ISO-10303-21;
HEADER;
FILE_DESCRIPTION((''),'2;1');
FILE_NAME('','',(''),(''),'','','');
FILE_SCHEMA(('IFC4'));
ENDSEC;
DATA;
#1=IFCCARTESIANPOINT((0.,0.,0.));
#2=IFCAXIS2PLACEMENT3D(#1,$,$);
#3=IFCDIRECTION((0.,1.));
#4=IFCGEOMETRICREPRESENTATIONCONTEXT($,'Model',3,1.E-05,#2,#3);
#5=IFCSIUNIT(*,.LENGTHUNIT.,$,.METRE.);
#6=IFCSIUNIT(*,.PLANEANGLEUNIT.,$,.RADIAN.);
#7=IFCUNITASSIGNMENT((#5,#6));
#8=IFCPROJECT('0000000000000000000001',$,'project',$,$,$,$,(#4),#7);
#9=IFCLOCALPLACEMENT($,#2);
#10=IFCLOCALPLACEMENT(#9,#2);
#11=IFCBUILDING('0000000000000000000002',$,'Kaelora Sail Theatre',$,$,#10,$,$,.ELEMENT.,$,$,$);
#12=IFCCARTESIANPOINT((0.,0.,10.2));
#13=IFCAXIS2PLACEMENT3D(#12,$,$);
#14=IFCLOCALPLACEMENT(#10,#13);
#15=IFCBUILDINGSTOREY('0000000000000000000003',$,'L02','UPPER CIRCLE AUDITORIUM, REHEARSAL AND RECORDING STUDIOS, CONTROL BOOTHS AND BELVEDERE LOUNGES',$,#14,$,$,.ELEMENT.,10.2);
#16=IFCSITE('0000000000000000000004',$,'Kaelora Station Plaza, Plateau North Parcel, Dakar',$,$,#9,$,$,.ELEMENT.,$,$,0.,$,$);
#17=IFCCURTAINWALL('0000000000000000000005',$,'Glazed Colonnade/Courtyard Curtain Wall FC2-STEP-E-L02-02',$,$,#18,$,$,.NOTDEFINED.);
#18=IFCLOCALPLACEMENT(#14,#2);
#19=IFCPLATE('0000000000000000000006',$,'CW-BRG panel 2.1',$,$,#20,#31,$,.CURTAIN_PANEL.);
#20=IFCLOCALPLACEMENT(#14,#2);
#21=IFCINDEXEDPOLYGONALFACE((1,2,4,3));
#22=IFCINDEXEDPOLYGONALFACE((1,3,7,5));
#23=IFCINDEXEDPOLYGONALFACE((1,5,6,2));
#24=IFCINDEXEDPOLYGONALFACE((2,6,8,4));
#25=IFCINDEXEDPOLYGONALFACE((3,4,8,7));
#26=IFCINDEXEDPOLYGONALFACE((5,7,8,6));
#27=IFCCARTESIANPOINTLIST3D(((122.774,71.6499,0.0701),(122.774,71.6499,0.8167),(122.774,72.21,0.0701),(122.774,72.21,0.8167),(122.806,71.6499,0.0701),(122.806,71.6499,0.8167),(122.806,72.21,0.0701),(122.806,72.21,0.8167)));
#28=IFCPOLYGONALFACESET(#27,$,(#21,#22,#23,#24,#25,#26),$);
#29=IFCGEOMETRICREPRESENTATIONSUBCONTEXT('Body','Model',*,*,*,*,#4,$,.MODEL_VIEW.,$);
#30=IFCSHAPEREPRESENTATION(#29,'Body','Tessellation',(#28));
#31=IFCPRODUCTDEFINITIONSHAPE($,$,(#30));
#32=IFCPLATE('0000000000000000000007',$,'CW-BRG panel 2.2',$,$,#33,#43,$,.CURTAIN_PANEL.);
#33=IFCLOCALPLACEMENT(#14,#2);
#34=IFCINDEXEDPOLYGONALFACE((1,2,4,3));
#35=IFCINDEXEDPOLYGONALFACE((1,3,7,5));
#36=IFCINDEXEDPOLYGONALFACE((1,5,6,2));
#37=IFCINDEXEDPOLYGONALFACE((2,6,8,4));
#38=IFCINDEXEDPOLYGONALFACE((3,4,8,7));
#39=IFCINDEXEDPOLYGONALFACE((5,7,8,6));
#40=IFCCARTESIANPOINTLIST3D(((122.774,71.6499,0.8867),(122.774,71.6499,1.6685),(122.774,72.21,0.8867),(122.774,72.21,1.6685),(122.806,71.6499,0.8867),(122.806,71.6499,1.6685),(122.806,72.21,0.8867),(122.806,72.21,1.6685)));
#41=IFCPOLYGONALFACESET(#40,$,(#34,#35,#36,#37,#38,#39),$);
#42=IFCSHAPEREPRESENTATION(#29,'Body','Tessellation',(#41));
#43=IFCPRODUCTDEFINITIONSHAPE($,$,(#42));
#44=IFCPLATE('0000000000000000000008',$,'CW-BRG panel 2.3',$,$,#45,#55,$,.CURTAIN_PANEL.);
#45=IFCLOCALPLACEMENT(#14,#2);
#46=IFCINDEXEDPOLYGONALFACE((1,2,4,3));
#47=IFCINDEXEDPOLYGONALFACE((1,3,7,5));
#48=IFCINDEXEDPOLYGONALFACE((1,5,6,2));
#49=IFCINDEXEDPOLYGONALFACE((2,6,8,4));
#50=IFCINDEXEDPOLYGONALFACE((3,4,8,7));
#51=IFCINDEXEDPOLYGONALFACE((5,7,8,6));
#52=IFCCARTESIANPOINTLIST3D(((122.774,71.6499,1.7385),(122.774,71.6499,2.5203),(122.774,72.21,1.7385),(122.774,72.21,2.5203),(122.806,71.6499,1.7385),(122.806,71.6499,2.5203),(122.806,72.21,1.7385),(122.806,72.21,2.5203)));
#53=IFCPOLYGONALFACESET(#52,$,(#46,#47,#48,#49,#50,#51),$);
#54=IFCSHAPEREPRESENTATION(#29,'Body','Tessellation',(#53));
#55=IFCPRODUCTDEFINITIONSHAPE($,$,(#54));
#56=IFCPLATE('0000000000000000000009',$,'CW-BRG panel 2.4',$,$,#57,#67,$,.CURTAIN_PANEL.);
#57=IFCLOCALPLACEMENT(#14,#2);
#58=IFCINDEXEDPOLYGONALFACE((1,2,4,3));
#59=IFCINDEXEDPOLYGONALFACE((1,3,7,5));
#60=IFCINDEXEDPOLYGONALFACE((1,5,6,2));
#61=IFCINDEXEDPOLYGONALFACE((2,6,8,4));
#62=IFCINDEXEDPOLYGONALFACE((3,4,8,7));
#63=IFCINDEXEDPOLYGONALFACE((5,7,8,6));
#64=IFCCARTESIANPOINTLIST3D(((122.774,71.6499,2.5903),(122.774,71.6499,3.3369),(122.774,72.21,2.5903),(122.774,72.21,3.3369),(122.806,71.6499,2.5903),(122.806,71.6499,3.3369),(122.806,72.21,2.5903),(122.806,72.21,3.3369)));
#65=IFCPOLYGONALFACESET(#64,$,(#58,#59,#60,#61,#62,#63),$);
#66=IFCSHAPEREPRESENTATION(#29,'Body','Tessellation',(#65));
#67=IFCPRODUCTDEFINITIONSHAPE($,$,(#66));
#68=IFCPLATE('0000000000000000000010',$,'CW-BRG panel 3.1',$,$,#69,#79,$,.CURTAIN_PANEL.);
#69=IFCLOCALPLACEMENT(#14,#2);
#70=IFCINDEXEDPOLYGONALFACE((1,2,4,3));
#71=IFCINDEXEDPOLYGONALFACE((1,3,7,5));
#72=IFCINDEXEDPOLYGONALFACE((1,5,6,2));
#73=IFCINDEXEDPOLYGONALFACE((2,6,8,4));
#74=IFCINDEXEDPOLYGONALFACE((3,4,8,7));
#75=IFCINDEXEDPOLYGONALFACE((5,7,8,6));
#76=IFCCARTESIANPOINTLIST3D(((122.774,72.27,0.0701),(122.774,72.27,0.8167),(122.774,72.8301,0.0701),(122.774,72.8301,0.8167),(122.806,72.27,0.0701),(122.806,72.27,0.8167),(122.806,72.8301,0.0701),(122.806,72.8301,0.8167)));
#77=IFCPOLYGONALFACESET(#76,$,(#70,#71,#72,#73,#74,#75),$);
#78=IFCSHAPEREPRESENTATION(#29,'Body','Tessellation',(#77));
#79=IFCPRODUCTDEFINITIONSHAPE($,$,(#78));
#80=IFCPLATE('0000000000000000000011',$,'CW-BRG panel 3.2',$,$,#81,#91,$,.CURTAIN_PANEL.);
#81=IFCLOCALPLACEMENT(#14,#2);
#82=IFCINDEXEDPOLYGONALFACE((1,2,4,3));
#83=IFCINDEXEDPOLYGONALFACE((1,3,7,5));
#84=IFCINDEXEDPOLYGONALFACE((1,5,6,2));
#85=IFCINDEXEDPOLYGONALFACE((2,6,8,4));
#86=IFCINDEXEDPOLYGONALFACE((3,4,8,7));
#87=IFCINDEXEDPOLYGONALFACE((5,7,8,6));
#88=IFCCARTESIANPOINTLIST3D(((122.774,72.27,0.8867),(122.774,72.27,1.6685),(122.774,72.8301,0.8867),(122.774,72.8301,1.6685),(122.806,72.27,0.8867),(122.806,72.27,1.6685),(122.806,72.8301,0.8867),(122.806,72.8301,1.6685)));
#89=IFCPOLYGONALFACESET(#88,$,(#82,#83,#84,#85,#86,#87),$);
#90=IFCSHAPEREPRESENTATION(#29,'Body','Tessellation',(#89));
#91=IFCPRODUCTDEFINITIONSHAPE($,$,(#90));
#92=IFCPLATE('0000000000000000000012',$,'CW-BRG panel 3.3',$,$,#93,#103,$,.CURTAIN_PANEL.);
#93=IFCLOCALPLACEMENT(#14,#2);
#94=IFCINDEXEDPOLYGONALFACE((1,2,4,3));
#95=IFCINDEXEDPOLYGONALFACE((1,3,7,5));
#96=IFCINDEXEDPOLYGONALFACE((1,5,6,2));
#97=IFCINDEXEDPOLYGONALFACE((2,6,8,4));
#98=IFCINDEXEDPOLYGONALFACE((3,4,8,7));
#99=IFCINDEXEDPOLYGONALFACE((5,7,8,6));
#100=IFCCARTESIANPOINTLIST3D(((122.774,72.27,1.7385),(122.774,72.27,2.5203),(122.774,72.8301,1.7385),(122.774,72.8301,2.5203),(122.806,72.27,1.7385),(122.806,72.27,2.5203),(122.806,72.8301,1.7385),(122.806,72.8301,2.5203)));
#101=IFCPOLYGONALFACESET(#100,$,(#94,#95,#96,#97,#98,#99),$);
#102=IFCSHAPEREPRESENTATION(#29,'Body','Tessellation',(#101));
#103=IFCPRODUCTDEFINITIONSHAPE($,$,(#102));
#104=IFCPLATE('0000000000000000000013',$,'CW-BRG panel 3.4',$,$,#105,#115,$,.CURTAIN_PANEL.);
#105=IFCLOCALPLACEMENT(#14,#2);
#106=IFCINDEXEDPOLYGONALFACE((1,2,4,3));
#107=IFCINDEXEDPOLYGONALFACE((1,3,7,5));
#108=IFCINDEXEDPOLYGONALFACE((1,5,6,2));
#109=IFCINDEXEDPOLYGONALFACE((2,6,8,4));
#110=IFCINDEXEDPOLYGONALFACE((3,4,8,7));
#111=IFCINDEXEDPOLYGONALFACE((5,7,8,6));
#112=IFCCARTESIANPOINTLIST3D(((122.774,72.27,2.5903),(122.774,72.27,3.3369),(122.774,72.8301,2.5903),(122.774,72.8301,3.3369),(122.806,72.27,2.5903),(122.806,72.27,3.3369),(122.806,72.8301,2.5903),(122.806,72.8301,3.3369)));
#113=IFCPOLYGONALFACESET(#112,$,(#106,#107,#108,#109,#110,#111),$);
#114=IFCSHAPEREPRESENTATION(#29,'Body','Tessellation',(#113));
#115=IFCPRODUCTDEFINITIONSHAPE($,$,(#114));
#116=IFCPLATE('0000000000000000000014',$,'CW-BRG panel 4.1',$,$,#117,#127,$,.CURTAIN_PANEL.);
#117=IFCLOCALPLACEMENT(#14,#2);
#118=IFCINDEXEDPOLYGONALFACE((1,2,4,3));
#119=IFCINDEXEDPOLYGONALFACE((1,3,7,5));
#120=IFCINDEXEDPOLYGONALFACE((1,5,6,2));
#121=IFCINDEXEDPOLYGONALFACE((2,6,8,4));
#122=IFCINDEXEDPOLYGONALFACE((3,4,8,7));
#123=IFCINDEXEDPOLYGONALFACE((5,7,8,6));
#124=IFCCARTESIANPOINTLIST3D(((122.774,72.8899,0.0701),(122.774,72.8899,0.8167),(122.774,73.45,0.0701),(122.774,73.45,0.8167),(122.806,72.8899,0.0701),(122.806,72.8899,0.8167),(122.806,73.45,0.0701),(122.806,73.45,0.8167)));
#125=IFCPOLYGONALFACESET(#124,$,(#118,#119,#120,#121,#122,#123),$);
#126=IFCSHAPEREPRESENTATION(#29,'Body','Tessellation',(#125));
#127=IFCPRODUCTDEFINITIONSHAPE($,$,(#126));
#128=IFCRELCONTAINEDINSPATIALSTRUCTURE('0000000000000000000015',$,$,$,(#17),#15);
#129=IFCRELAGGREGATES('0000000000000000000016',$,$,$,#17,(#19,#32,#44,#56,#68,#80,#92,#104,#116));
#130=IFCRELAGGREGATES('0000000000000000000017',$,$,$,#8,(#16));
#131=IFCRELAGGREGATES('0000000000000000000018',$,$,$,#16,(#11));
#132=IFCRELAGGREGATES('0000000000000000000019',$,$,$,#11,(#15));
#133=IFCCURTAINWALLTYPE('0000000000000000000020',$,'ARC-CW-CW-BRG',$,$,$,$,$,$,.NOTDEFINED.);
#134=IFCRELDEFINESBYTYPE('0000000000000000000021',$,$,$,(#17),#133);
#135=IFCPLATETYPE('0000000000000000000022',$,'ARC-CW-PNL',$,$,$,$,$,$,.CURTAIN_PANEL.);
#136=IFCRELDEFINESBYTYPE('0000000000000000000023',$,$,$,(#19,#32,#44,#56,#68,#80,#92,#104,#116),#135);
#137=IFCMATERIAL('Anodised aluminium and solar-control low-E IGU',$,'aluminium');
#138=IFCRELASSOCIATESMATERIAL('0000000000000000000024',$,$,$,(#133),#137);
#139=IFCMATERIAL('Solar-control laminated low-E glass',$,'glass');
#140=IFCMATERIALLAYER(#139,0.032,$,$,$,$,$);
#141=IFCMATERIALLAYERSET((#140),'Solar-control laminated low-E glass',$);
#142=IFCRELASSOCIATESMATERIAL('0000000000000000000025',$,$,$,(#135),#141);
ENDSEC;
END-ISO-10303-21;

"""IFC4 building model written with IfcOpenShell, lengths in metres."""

from ifc_helpers import new_model, si_unit, direction, frame, origin, origin_2d, place, context, subcontext, project, spatial, rectangle, extrude, material, layer, layer_set, type_object, element, aggregate, save


model = new_model("IFC4")

# Units and contexts
model_context = context("Model", 3, precision=1e-05, world=origin(), true_north=direction((0.0, 1.0)))
body_context = subcontext(model_context, "Body", "Model", "MODEL_VIEW")
ifc_project = project(units=[si_unit("LENGTHUNIT", "METRE"), si_unit("PLANEANGLEUNIT", "RADIAN")], contexts=[model_context])

# Site, building, storey
site_placement = place(None, origin())
site = spatial("IfcSite", under=ifc_project, at=site_placement, Name="Kaelora Station Plaza, Plateau North Parcel, Dakar", CompositionType="ELEMENT", RefElevation=0.0)
building_placement = place(site_placement, origin())
building = spatial("IfcBuilding", under=site, at=building_placement, Name="Kaelora Sail Theatre", CompositionType="ELEMENT")
storey_placement = place(building_placement, frame((0.0, 0.0, 10.2)))
storey = spatial("IfcBuildingStorey", under=building, at=storey_placement, Name="L02", Description="UPPER CIRCLE AUDITORIUM, REHEARSAL AND RECORDING STUDIOS, CONTROL BOOTHS AND BELVEDERE LOUNGES", CompositionType="ELEMENT", Elevation=10.2)

# Curtain wall, plates
ifc_material_1 = material(Name="Anodised aluminium and solar-control low-E IGU", Category="aluminium")
curtain_wall_type = type_object("IfcCurtainWallType", Name="ARC-CW-CW-BRG", PredefinedType="NOTDEFINED", material=ifc_material_1)
curtain_wall_placement = place(storey_placement, origin())
curtain_wall = element("IfcCurtainWall", 1, at=curtain_wall_placement, inside=storey, type_object=curtain_wall_type, Name="Glazed Colonnade/Courtyard Curtain Wall FC2-STEP-E-L02-02", PredefinedType="NOTDEFINED")
ifc_material_2 = material(Name="Solar-control laminated low-E glass", Category="glass")
ifc_layer = layer(ifc_material_2, 0.032)
ifc_layer_set = layer_set([ifc_layer], Name="Solar-control laminated low-E glass")
plate_type = type_object("IfcPlateType", Name="ARC-CW-PNL", PredefinedType="CURTAIN_PANEL", material=ifc_layer_set)
plate_1_placement = place(storey_placement, frame((122.79, 71.9299, 0.0701), z_axis=(0.0, 0.0, 1.0), x_axis=(0.0, 1.0, 0.0)))
plate_1 = element("IfcPlate", 2, at=plate_1_placement, type_object=plate_type, Name="CW-BRG panel 2.1", PredefinedType="CURTAIN_PANEL", context=body_context, shape_type="SweptSolid", body=[
    extrude(rectangle(XDim=0.5601, YDim=0.032, at=origin_2d()), origin(), (0.0, 0.0, 1.0), 0.7466),
])
plate_2_placement = place(storey_placement, frame((122.79, 71.9299, 0.8867), z_axis=(0.0, 0.0, 1.0), x_axis=(0.0, 1.0, 0.0)))
plate_2 = element("IfcPlate", 3, at=plate_2_placement, type_object=plate_type, Name="CW-BRG panel 2.2", PredefinedType="CURTAIN_PANEL", context=body_context, shape_type="SweptSolid", body=[
    extrude(rectangle(XDim=0.5601, YDim=0.032, at=origin_2d()), origin(), (0.0, 0.0, 1.0), 0.7817),
])
plate_3_placement = place(storey_placement, frame((122.79, 71.9299, 1.7385), z_axis=(0.0, 0.0, 1.0), x_axis=(0.0, 1.0, 0.0)))
plate_3 = element("IfcPlate", 4, at=plate_3_placement, type_object=plate_type, Name="CW-BRG panel 2.3", PredefinedType="CURTAIN_PANEL", context=body_context, shape_type="SweptSolid", body=[
    extrude(rectangle(XDim=0.5601, YDim=0.032, at=origin_2d()), origin(), (0.0, 0.0, 1.0), 0.7817),
])
plate_4_placement = place(storey_placement, frame((122.79, 71.9299, 2.5903), z_axis=(0.0, 0.0, 1.0), x_axis=(0.0, 1.0, 0.0)))
plate_4 = element("IfcPlate", 5, at=plate_4_placement, type_object=plate_type, Name="CW-BRG panel 2.4", PredefinedType="CURTAIN_PANEL", context=body_context, shape_type="SweptSolid", body=[
    extrude(rectangle(XDim=0.5601, YDim=0.032, at=origin_2d()), origin(), (0.0, 0.0, 1.0), 0.7466),
])
plate_5_placement = place(storey_placement, frame((122.79, 72.55, 0.0701), z_axis=(0.0, 0.0, 1.0), x_axis=(0.0, 1.0, 0.0)))
plate_5 = element("IfcPlate", 6, at=plate_5_placement, type_object=plate_type, Name="CW-BRG panel 3.1", PredefinedType="CURTAIN_PANEL", context=body_context, shape_type="SweptSolid", body=[
    extrude(rectangle(XDim=0.5601, YDim=0.032, at=origin_2d()), origin(), (0.0, 0.0, 1.0), 0.7466),
])
plate_6_placement = place(storey_placement, frame((122.79, 72.55, 0.8867), z_axis=(0.0, 0.0, 1.0), x_axis=(0.0, 1.0, 0.0)))
plate_6 = element("IfcPlate", 7, at=plate_6_placement, type_object=plate_type, Name="CW-BRG panel 3.2", PredefinedType="CURTAIN_PANEL", context=body_context, shape_type="SweptSolid", body=[
    extrude(rectangle(XDim=0.5601, YDim=0.032, at=origin_2d()), origin(), (0.0, 0.0, 1.0), 0.7817),
])
plate_7_placement = place(storey_placement, frame((122.79, 72.55, 1.7385), z_axis=(0.0, 0.0, 1.0), x_axis=(0.0, 1.0, 0.0)))
plate_7 = element("IfcPlate", 8, at=plate_7_placement, type_object=plate_type, Name="CW-BRG panel 3.3", PredefinedType="CURTAIN_PANEL", context=body_context, shape_type="SweptSolid", body=[
    extrude(rectangle(XDim=0.5601, YDim=0.032, at=origin_2d()), origin(), (0.0, 0.0, 1.0), 0.7817),
])
plate_8_placement = place(storey_placement, frame((122.79, 72.55, 2.5903), z_axis=(0.0, 0.0, 1.0), x_axis=(0.0, 1.0, 0.0)))
plate_8 = element("IfcPlate", 9, at=plate_8_placement, type_object=plate_type, Name="CW-BRG panel 3.4", PredefinedType="CURTAIN_PANEL", context=body_context, shape_type="SweptSolid", body=[
    extrude(rectangle(XDim=0.5601, YDim=0.032, at=origin_2d()), origin(), (0.0, 0.0, 1.0), 0.7466),
])
plate_9_placement = place(storey_placement, frame((122.79, 73.1699, 0.0701), z_axis=(0.0, 0.0, 1.0), x_axis=(0.0, 1.0, 0.0)))
plate_9 = element("IfcPlate", 10, at=plate_9_placement, type_object=plate_type, Name="CW-BRG panel 4.1", PredefinedType="CURTAIN_PANEL", context=body_context, shape_type="SweptSolid", body=[
    extrude(rectangle(XDim=0.5601, YDim=0.032, at=origin_2d()), origin(), (0.0, 0.0, 1.0), 0.7466),
])
aggregate(curtain_wall, [plate_1, plate_2, plate_3, plate_4, plate_5, plate_6, plate_7, plate_8, plate_9])

save(model, "model.ifc")
